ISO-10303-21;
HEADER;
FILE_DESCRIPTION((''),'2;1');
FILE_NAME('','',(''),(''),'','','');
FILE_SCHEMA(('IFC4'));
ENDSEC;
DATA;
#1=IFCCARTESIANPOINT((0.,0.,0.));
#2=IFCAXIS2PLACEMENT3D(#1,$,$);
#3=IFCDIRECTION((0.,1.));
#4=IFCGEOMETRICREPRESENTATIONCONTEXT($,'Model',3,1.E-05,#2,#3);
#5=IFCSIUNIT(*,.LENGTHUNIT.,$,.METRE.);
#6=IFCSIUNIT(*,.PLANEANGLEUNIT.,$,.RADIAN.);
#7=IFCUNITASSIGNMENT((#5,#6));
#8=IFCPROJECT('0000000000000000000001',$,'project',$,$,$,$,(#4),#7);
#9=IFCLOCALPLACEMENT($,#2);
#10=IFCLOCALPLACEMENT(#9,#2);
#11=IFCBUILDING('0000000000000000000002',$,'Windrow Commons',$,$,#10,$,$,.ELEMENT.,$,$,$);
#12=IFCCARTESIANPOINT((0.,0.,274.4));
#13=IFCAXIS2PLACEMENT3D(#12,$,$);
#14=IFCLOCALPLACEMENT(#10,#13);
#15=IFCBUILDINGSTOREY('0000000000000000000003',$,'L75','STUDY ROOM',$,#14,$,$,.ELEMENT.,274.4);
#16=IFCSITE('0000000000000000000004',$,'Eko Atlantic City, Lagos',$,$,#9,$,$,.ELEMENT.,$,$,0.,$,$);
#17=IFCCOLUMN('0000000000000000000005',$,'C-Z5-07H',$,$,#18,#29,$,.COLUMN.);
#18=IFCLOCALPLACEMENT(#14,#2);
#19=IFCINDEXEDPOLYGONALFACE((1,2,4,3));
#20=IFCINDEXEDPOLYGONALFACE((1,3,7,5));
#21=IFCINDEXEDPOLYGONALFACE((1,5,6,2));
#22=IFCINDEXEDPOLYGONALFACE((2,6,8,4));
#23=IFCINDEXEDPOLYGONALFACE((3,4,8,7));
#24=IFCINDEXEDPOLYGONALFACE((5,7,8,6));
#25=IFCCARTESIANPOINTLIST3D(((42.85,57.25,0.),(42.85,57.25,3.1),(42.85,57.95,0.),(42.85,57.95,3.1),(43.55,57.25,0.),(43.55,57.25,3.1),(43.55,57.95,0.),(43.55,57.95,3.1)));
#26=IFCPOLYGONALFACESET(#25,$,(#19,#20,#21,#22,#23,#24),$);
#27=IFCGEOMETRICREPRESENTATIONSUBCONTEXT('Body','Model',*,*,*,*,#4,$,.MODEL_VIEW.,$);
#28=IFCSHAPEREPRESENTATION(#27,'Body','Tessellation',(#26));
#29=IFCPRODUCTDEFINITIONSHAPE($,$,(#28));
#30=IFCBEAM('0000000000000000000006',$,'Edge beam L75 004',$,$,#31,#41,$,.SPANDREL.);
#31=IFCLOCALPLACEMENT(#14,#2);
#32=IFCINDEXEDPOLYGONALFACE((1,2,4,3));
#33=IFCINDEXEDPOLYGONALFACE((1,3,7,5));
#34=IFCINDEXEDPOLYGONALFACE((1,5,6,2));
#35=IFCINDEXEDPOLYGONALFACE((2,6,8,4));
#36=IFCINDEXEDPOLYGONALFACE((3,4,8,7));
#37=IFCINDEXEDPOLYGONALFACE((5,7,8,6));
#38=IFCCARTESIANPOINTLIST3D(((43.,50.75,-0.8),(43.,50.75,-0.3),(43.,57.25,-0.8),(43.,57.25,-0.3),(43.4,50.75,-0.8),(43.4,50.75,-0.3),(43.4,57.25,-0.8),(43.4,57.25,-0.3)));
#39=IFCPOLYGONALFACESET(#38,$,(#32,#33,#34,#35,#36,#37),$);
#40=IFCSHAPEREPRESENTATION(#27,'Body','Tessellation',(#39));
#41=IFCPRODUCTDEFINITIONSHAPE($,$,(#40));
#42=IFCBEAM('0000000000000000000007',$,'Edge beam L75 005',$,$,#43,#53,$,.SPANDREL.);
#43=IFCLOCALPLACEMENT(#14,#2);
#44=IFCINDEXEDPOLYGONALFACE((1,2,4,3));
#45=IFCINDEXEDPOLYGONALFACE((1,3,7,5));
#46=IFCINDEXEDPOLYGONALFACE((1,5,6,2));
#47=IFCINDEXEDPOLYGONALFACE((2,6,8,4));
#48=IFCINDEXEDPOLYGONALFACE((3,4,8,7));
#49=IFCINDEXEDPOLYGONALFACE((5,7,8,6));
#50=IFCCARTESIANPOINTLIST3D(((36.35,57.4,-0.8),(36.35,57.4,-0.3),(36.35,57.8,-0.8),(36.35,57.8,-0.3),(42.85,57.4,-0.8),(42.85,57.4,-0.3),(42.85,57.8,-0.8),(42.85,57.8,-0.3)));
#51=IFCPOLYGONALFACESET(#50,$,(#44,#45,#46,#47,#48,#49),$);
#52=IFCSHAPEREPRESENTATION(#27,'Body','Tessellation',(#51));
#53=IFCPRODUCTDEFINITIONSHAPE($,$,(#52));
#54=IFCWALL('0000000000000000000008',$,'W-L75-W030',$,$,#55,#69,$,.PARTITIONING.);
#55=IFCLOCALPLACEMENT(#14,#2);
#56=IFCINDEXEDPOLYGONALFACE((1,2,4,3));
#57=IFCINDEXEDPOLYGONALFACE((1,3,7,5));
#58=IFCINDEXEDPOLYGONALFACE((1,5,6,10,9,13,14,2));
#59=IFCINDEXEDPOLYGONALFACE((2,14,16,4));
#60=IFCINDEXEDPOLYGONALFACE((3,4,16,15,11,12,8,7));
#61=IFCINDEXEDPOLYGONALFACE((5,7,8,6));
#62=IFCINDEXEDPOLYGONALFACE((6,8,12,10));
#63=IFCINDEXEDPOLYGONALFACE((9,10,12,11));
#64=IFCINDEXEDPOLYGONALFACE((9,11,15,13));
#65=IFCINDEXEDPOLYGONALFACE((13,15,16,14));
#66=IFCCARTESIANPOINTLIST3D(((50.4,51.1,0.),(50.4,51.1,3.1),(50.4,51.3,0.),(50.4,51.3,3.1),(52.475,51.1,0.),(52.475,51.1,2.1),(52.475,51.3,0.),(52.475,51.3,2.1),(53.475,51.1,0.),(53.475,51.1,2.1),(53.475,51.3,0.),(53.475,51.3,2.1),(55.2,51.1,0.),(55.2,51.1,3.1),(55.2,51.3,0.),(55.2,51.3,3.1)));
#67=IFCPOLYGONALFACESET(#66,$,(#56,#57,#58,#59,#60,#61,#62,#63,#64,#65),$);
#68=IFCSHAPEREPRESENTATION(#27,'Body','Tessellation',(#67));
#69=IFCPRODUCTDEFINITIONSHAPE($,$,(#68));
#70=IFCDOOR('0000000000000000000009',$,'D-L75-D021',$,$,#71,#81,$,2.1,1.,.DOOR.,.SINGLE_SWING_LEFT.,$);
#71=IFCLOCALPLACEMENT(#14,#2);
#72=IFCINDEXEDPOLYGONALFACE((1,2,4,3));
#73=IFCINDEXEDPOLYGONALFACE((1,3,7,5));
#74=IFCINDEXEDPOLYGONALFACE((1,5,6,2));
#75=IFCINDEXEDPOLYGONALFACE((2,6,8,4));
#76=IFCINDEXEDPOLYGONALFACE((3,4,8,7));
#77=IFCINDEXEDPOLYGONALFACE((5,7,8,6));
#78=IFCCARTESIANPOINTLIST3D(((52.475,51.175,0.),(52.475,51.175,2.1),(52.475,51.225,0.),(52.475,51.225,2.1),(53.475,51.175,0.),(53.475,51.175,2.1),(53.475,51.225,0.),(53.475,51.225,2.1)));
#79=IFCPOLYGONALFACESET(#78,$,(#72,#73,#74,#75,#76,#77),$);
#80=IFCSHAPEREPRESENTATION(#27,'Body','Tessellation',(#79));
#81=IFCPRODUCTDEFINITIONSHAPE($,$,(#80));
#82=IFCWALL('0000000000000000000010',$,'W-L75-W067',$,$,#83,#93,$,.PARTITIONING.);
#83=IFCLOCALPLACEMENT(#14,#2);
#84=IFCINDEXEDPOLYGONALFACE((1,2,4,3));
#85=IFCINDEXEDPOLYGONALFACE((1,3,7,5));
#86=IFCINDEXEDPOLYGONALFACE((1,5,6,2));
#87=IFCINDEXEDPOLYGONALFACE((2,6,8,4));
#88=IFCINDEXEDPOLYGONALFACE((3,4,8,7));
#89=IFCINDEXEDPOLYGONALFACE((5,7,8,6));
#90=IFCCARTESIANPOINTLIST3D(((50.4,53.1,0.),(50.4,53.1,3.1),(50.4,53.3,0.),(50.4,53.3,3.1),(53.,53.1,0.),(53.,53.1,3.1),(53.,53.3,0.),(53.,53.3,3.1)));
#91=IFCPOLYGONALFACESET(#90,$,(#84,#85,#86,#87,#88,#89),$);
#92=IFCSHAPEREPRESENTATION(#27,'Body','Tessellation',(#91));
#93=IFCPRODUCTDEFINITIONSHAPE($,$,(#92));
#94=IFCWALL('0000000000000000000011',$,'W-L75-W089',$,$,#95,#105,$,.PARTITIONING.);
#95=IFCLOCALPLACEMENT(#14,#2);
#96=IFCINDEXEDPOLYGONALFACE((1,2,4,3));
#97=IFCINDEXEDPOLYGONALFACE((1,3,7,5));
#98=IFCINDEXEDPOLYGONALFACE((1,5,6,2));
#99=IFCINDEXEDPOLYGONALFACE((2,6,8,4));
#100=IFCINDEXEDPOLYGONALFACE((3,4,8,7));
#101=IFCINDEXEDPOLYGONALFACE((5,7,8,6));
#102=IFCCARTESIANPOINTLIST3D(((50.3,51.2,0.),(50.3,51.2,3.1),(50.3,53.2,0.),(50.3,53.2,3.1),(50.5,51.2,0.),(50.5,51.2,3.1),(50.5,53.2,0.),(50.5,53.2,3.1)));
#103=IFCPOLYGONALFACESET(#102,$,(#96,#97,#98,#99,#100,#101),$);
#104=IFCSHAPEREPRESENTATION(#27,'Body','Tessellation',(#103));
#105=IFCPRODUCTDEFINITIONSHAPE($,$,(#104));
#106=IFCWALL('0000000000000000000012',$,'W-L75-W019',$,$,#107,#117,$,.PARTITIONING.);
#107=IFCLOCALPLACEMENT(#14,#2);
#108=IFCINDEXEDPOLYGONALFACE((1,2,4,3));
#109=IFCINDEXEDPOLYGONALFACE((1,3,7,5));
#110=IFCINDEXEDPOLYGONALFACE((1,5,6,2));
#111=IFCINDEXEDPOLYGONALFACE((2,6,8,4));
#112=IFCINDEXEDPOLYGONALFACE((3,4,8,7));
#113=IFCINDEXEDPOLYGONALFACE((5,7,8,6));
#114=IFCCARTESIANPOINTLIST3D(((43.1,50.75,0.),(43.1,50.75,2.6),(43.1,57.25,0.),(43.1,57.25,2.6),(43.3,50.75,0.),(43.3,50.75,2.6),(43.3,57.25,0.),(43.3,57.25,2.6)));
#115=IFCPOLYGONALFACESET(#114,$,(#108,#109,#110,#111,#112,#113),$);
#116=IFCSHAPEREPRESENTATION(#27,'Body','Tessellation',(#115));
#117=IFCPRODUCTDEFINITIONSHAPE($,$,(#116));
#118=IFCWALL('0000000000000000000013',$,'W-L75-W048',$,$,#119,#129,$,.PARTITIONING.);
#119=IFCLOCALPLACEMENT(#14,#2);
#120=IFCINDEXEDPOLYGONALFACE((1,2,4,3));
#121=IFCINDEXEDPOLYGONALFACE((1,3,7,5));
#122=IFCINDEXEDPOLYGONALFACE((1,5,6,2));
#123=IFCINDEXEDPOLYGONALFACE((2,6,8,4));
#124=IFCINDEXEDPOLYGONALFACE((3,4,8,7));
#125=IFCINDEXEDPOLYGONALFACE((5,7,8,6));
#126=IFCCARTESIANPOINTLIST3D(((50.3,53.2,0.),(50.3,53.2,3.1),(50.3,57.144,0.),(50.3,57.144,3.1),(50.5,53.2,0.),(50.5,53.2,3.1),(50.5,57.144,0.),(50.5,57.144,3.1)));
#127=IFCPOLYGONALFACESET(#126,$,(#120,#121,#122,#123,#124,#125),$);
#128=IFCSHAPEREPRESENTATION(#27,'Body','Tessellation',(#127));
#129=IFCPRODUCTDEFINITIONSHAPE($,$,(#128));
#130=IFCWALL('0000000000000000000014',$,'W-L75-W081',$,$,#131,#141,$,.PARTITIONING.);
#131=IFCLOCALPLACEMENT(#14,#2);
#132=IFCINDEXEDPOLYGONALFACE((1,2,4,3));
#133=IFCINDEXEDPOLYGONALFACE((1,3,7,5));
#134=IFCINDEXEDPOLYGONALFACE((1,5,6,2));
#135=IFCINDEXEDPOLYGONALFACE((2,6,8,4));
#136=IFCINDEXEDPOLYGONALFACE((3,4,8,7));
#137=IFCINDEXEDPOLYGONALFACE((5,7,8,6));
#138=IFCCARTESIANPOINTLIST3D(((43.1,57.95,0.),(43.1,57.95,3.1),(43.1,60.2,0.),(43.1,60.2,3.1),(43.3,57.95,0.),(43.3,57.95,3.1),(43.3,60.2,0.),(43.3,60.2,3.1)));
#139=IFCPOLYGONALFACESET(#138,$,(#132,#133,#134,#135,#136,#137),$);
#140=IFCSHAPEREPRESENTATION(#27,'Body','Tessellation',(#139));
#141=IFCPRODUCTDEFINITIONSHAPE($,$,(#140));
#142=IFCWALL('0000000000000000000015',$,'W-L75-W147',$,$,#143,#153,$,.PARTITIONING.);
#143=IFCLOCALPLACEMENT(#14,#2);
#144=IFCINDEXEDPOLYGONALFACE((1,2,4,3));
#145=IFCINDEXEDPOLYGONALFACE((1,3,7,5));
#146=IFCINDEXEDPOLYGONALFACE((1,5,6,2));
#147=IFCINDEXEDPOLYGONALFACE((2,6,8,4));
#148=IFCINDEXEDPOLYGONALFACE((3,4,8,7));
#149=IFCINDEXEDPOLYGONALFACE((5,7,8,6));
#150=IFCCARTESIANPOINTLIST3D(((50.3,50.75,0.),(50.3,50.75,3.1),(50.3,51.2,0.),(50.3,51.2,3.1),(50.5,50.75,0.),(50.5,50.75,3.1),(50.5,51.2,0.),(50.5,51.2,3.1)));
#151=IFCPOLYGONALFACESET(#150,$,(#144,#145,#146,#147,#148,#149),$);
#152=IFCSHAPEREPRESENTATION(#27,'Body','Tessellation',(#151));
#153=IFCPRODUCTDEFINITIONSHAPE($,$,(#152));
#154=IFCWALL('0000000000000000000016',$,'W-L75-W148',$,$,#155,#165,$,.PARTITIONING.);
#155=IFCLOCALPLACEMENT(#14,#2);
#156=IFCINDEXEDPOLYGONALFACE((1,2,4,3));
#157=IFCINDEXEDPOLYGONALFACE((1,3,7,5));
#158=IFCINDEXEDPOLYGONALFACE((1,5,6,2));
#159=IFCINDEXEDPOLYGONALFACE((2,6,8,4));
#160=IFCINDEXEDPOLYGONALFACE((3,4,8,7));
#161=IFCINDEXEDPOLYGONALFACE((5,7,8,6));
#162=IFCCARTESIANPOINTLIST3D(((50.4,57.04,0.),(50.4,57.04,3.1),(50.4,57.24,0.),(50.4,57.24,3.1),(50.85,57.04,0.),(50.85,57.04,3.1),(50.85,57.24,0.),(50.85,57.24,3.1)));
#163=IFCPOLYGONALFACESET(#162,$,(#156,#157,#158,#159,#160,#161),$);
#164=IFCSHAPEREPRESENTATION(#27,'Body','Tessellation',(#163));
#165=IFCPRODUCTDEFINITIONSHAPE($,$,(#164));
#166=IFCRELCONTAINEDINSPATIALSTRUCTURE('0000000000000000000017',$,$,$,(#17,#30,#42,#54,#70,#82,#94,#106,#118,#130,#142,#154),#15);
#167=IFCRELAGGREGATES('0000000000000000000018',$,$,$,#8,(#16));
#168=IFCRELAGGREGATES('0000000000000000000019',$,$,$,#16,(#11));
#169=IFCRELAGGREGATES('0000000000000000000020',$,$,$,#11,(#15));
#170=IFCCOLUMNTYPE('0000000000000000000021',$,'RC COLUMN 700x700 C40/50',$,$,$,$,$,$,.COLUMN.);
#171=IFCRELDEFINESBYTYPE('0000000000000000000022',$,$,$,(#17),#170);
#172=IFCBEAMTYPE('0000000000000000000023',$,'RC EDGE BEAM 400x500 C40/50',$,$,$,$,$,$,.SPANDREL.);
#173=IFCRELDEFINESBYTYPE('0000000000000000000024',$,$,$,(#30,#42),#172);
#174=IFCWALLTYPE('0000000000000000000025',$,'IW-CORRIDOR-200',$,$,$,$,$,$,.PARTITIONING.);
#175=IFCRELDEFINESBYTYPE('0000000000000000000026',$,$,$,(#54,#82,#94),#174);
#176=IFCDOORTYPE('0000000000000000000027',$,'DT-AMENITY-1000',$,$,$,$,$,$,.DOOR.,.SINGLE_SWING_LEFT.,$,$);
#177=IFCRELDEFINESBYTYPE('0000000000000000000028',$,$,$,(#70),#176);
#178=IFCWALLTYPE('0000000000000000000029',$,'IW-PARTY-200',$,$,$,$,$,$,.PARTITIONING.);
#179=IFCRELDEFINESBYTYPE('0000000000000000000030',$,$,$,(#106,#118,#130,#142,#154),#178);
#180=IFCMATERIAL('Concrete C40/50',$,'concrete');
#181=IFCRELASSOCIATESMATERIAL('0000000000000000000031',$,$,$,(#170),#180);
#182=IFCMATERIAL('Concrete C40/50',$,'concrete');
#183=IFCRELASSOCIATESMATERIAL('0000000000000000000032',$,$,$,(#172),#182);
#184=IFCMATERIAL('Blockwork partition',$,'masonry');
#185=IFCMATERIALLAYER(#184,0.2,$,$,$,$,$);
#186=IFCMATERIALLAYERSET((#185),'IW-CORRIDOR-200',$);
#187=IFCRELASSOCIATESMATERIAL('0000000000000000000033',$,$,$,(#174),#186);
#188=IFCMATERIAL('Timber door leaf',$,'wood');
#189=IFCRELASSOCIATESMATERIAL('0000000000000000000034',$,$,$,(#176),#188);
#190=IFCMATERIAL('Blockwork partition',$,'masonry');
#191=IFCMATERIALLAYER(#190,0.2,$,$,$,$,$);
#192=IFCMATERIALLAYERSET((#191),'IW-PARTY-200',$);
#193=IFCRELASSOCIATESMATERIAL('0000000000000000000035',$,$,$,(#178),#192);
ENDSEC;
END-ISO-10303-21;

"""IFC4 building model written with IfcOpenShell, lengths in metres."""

from ifc_helpers import new_model, si_unit, direction, frame, frame_2d, origin, origin_2d, place, context, subcontext, project, spatial, rectangle, extrude, material, layer, layer_set, material_profile, profile_set, type_object, element, fill, save


model = new_model("IFC4")

# Units and contexts
model_context = context("Model", 3, precision=1e-05, world=origin(), true_north=direction((0.0, 1.0)))
body_context = subcontext(model_context, "Body", "Model", "MODEL_VIEW")
ifc_project = project(units=[si_unit("LENGTHUNIT", "METRE"), si_unit("PLANEANGLEUNIT", "RADIAN")], contexts=[model_context])

# Site, building, storey
site_placement = place(None, origin())
site = spatial("IfcSite", under=ifc_project, at=site_placement, Name="Eko Atlantic City, Lagos", CompositionType="ELEMENT", RefElevation=0.0)
building_placement = place(site_placement, origin())
building = spatial("IfcBuilding", under=site, at=building_placement, Name="Windrow Commons", CompositionType="ELEMENT")
storey_placement = place(building_placement, frame((0.0, 0.0, 274.4)))
storey = spatial("IfcBuildingStorey", under=building, at=storey_placement, Name="L75", Description="STUDY ROOM", CompositionType="ELEMENT", Elevation=274.4)

# Column
ifc_material_1 = material(Name="Concrete C40/50", Category="concrete")
ifc_material_profile_1 = material_profile(ifc_material_1, rectangle(XDim=0.7, YDim=0.7, at=origin_2d()))
ifc_profile_set_1 = profile_set([ifc_material_profile_1], Name="Concrete C40/50")
column_type = type_object("IfcColumnType", Name="RC COLUMN 700x700 C40/50", PredefinedType="COLUMN", material=ifc_profile_set_1)
column_placement = place(storey_placement, frame((43.2, 57.6, 0.0), z_axis=(0.0, 0.0, 1.0), x_axis=(1.0, 0.0, 0.0)))
element("IfcColumn", 1, at=column_placement, inside=storey, type_object=column_type, Name="C-Z5-07H", PredefinedType="COLUMN", context=body_context, shape_type="SweptSolid", body=[
    extrude(rectangle(XDim=0.7, YDim=0.7, at=origin_2d()), origin(), (0.0, 0.0, 1.0), 3.1),
])

# Beams
ifc_material_2 = material(Name="Concrete C40/50", Category="concrete")
ifc_material_profile_2 = material_profile(ifc_material_2, rectangle(XDim=0.4, YDim=0.5, at=origin_2d()))
ifc_profile_set_2 = profile_set([ifc_material_profile_2], Name="Concrete C40/50")
beam_type = type_object("IfcBeamType", Name="RC EDGE BEAM 400x500 C40/50", PredefinedType="SPANDREL", material=ifc_profile_set_2)
for number, where, z_axis, x_axis, name in (
    (2, (43.2, 50.75, -0.55), (0.0, 1.0, 0.0), (-1.0, 0.0, 0.0), "Edge beam L75 004"),
    (3, (42.85, 57.6, -0.55), (-1.0, 0.0, 0.0), (0.0, -1.0, 0.0), "Edge beam L75 005"),
):
    element("IfcBeam", number, at=place(storey_placement, frame(where, z_axis=z_axis, x_axis=x_axis)), inside=storey, type_object=beam_type, Name=name, PredefinedType="SPANDREL", context=body_context, shape_type="SweptSolid", body=[
        extrude(rectangle(XDim=0.4, YDim=0.5, at=origin_2d()), origin(), (0.0, 0.0, 1.0), 6.5),
    ])

# Wall, opening, door
ifc_material_3 = material(Name="Blockwork partition", Category="masonry")
ifc_layer_1 = layer(ifc_material_3, 0.2)
ifc_layer_set_1 = layer_set([ifc_layer_1], Name="IW-CORRIDOR-200")
wall_type_1 = type_object("IfcWallType", Name="IW-CORRIDOR-200", PredefinedType="PARTITIONING", material=ifc_layer_set_1)
wall_1_placement = place(storey_placement, frame((50.4, 51.2, 0.0), z_axis=(0.0, 0.0, 1.0), x_axis=(1.0, 0.0, 0.0)))
wall_1 = element("IfcWall", 4, at=wall_1_placement, inside=storey, type_object=wall_type_1, Name="W-L75-W030", PredefinedType="PARTITIONING", context=body_context, shape_type="SweptSolid", body=[
    extrude(rectangle(XDim=4.8, YDim=0.2, at=frame_2d((2.4, 0.0))), origin(), (0.0, 0.0, 1.0), 3.1),
])
opening_placement = place(wall_1_placement, frame((2.075, 0.0, 0.0)))
opening = element("IfcOpeningElement", 5, at=opening_placement, cuts=wall_1, PredefinedType="OPENING", context=body_context, shape_type="SweptSolid", body=[
    extrude(rectangle(XDim=1.0, YDim=2.1, at=frame_2d((0.5, 1.05))), frame((0.0, 0.11, 0.0), z_axis=(0.0, -1.0, 0.0), x_axis=(1.0, 0.0, 0.0)), (0.0, 0.0, 1.0), 0.22),
])
ifc_material_4 = material(Name="Timber door leaf", Category="wood")
door_type = type_object("IfcDoorType", Name="DT-AMENITY-1000", OperationType="SINGLE_SWING_LEFT", PredefinedType="DOOR", material=ifc_material_4)
door_placement = place(opening_placement, origin())
door = element("IfcDoor", 6, at=door_placement, inside=storey, type_object=door_type, Name="D-L75-D021", OperationType="SINGLE_SWING_LEFT", OverallHeight=2.1, OverallWidth=1.0, PredefinedType="DOOR", context=body_context, shape_type="SweptSolid", body=[
    extrude(rectangle(XDim=1.0, YDim=2.1, at=frame_2d((0.5, 1.05))), frame((0.0, 0.025, 0.0), z_axis=(0.0, -1.0, 0.0), x_axis=(1.0, 0.0, 0.0)), (0.0, 0.0, 1.0), 0.05),
])
fill(opening, door)

# Walls
wall_2_placement = place(storey_placement, frame((50.4, 53.2, 0.0), z_axis=(0.0, 0.0, 1.0), x_axis=(1.0, 0.0, 0.0)))
element("IfcWall", 7, at=wall_2_placement, inside=storey, type_object=wall_type_1, Name="W-L75-W067", PredefinedType="PARTITIONING", context=body_context, shape_type="SweptSolid", body=[
    extrude(rectangle(XDim=2.6, YDim=0.2, at=frame_2d((1.3, 0.0))), origin(), (0.0, 0.0, 1.0), 3.1),
])
wall_3_placement = place(storey_placement, frame((50.4, 51.2, 0.0), z_axis=(0.0, 0.0, 1.0), x_axis=(0.0, 1.0, 0.0)))
element("IfcWall", 8, at=wall_3_placement, inside=storey, type_object=wall_type_1, Name="W-L75-W089", PredefinedType="PARTITIONING", context=body_context, shape_type="SweptSolid", body=[
    extrude(rectangle(XDim=2.0, YDim=0.2, at=frame_2d((1.0, 0.0))), origin(), (0.0, 0.0, 1.0), 3.1),
])
ifc_material_5 = material(Name="Blockwork partition", Category="masonry")
ifc_layer_2 = layer(ifc_material_5, 0.2)
ifc_layer_set_2 = layer_set([ifc_layer_2], Name="IW-PARTY-200")
wall_type_2 = type_object("IfcWallType", Name="IW-PARTY-200", PredefinedType="PARTITIONING", material=ifc_layer_set_2)
wall_4_placement = place(storey_placement, frame((43.2, 50.75, 0.0), z_axis=(0.0, 0.0, 1.0), x_axis=(0.0, 1.0, 0.0)))
element("IfcWall", 9, at=wall_4_placement, inside=storey, type_object=wall_type_2, Name="W-L75-W019", PredefinedType="PARTITIONING", context=body_context, shape_type="SweptSolid", body=[
    extrude(rectangle(XDim=6.5, YDim=0.2, at=frame_2d((3.25, 0.0))), origin(), (0.0, 0.0, 1.0), 2.6),
])
wall_5_placement = place(storey_placement, frame((50.4, 53.2, 0.0), z_axis=(0.0, 0.0, 1.0), x_axis=(0.0, 1.0, 0.0)))
element("IfcWall", 10, at=wall_5_placement, inside=storey, type_object=wall_type_2, Name="W-L75-W048", PredefinedType="PARTITIONING", context=body_context, shape_type="SweptSolid", body=[
    extrude(rectangle(XDim=3.944, YDim=0.2, at=frame_2d((1.972, 0.0))), origin(), (0.0, 0.0, 1.0), 3.1),
])
wall_6_placement = place(storey_placement, frame((43.2, 57.95, 0.0), z_axis=(0.0, 0.0, 1.0), x_axis=(0.0, 1.0, 0.0)))
element("IfcWall", 11, at=wall_6_placement, inside=storey, type_object=wall_type_2, Name="W-L75-W081", PredefinedType="PARTITIONING", context=body_context, shape_type="SweptSolid", body=[
    extrude(rectangle(XDim=2.25, YDim=0.2, at=frame_2d((1.125, 0.0))), origin(), (0.0, 0.0, 1.0), 3.1),
])
for number, where, z_axis, x_axis, name in (
    (12, (50.4, 50.75, 0.0), (0.0, 0.0, 1.0), (0.0, 1.0, 0.0), "W-L75-W147"),
    (13, (50.4, 57.14, 0.0), (0.0, 0.0, 1.0), (1.0, 0.0, 0.0), "W-L75-W148"),
):
    element("IfcWall", number, at=place(storey_placement, frame(where, z_axis=z_axis, x_axis=x_axis)), inside=storey, type_object=wall_type_2, Name=name, PredefinedType="PARTITIONING", context=body_context, shape_type="SweptSolid", body=[
        extrude(rectangle(XDim=0.45, YDim=0.2, at=frame_2d((0.225, 0.0))), origin(), (0.0, 0.0, 1.0), 3.1),
    ])

save(model, "model.ifc")
